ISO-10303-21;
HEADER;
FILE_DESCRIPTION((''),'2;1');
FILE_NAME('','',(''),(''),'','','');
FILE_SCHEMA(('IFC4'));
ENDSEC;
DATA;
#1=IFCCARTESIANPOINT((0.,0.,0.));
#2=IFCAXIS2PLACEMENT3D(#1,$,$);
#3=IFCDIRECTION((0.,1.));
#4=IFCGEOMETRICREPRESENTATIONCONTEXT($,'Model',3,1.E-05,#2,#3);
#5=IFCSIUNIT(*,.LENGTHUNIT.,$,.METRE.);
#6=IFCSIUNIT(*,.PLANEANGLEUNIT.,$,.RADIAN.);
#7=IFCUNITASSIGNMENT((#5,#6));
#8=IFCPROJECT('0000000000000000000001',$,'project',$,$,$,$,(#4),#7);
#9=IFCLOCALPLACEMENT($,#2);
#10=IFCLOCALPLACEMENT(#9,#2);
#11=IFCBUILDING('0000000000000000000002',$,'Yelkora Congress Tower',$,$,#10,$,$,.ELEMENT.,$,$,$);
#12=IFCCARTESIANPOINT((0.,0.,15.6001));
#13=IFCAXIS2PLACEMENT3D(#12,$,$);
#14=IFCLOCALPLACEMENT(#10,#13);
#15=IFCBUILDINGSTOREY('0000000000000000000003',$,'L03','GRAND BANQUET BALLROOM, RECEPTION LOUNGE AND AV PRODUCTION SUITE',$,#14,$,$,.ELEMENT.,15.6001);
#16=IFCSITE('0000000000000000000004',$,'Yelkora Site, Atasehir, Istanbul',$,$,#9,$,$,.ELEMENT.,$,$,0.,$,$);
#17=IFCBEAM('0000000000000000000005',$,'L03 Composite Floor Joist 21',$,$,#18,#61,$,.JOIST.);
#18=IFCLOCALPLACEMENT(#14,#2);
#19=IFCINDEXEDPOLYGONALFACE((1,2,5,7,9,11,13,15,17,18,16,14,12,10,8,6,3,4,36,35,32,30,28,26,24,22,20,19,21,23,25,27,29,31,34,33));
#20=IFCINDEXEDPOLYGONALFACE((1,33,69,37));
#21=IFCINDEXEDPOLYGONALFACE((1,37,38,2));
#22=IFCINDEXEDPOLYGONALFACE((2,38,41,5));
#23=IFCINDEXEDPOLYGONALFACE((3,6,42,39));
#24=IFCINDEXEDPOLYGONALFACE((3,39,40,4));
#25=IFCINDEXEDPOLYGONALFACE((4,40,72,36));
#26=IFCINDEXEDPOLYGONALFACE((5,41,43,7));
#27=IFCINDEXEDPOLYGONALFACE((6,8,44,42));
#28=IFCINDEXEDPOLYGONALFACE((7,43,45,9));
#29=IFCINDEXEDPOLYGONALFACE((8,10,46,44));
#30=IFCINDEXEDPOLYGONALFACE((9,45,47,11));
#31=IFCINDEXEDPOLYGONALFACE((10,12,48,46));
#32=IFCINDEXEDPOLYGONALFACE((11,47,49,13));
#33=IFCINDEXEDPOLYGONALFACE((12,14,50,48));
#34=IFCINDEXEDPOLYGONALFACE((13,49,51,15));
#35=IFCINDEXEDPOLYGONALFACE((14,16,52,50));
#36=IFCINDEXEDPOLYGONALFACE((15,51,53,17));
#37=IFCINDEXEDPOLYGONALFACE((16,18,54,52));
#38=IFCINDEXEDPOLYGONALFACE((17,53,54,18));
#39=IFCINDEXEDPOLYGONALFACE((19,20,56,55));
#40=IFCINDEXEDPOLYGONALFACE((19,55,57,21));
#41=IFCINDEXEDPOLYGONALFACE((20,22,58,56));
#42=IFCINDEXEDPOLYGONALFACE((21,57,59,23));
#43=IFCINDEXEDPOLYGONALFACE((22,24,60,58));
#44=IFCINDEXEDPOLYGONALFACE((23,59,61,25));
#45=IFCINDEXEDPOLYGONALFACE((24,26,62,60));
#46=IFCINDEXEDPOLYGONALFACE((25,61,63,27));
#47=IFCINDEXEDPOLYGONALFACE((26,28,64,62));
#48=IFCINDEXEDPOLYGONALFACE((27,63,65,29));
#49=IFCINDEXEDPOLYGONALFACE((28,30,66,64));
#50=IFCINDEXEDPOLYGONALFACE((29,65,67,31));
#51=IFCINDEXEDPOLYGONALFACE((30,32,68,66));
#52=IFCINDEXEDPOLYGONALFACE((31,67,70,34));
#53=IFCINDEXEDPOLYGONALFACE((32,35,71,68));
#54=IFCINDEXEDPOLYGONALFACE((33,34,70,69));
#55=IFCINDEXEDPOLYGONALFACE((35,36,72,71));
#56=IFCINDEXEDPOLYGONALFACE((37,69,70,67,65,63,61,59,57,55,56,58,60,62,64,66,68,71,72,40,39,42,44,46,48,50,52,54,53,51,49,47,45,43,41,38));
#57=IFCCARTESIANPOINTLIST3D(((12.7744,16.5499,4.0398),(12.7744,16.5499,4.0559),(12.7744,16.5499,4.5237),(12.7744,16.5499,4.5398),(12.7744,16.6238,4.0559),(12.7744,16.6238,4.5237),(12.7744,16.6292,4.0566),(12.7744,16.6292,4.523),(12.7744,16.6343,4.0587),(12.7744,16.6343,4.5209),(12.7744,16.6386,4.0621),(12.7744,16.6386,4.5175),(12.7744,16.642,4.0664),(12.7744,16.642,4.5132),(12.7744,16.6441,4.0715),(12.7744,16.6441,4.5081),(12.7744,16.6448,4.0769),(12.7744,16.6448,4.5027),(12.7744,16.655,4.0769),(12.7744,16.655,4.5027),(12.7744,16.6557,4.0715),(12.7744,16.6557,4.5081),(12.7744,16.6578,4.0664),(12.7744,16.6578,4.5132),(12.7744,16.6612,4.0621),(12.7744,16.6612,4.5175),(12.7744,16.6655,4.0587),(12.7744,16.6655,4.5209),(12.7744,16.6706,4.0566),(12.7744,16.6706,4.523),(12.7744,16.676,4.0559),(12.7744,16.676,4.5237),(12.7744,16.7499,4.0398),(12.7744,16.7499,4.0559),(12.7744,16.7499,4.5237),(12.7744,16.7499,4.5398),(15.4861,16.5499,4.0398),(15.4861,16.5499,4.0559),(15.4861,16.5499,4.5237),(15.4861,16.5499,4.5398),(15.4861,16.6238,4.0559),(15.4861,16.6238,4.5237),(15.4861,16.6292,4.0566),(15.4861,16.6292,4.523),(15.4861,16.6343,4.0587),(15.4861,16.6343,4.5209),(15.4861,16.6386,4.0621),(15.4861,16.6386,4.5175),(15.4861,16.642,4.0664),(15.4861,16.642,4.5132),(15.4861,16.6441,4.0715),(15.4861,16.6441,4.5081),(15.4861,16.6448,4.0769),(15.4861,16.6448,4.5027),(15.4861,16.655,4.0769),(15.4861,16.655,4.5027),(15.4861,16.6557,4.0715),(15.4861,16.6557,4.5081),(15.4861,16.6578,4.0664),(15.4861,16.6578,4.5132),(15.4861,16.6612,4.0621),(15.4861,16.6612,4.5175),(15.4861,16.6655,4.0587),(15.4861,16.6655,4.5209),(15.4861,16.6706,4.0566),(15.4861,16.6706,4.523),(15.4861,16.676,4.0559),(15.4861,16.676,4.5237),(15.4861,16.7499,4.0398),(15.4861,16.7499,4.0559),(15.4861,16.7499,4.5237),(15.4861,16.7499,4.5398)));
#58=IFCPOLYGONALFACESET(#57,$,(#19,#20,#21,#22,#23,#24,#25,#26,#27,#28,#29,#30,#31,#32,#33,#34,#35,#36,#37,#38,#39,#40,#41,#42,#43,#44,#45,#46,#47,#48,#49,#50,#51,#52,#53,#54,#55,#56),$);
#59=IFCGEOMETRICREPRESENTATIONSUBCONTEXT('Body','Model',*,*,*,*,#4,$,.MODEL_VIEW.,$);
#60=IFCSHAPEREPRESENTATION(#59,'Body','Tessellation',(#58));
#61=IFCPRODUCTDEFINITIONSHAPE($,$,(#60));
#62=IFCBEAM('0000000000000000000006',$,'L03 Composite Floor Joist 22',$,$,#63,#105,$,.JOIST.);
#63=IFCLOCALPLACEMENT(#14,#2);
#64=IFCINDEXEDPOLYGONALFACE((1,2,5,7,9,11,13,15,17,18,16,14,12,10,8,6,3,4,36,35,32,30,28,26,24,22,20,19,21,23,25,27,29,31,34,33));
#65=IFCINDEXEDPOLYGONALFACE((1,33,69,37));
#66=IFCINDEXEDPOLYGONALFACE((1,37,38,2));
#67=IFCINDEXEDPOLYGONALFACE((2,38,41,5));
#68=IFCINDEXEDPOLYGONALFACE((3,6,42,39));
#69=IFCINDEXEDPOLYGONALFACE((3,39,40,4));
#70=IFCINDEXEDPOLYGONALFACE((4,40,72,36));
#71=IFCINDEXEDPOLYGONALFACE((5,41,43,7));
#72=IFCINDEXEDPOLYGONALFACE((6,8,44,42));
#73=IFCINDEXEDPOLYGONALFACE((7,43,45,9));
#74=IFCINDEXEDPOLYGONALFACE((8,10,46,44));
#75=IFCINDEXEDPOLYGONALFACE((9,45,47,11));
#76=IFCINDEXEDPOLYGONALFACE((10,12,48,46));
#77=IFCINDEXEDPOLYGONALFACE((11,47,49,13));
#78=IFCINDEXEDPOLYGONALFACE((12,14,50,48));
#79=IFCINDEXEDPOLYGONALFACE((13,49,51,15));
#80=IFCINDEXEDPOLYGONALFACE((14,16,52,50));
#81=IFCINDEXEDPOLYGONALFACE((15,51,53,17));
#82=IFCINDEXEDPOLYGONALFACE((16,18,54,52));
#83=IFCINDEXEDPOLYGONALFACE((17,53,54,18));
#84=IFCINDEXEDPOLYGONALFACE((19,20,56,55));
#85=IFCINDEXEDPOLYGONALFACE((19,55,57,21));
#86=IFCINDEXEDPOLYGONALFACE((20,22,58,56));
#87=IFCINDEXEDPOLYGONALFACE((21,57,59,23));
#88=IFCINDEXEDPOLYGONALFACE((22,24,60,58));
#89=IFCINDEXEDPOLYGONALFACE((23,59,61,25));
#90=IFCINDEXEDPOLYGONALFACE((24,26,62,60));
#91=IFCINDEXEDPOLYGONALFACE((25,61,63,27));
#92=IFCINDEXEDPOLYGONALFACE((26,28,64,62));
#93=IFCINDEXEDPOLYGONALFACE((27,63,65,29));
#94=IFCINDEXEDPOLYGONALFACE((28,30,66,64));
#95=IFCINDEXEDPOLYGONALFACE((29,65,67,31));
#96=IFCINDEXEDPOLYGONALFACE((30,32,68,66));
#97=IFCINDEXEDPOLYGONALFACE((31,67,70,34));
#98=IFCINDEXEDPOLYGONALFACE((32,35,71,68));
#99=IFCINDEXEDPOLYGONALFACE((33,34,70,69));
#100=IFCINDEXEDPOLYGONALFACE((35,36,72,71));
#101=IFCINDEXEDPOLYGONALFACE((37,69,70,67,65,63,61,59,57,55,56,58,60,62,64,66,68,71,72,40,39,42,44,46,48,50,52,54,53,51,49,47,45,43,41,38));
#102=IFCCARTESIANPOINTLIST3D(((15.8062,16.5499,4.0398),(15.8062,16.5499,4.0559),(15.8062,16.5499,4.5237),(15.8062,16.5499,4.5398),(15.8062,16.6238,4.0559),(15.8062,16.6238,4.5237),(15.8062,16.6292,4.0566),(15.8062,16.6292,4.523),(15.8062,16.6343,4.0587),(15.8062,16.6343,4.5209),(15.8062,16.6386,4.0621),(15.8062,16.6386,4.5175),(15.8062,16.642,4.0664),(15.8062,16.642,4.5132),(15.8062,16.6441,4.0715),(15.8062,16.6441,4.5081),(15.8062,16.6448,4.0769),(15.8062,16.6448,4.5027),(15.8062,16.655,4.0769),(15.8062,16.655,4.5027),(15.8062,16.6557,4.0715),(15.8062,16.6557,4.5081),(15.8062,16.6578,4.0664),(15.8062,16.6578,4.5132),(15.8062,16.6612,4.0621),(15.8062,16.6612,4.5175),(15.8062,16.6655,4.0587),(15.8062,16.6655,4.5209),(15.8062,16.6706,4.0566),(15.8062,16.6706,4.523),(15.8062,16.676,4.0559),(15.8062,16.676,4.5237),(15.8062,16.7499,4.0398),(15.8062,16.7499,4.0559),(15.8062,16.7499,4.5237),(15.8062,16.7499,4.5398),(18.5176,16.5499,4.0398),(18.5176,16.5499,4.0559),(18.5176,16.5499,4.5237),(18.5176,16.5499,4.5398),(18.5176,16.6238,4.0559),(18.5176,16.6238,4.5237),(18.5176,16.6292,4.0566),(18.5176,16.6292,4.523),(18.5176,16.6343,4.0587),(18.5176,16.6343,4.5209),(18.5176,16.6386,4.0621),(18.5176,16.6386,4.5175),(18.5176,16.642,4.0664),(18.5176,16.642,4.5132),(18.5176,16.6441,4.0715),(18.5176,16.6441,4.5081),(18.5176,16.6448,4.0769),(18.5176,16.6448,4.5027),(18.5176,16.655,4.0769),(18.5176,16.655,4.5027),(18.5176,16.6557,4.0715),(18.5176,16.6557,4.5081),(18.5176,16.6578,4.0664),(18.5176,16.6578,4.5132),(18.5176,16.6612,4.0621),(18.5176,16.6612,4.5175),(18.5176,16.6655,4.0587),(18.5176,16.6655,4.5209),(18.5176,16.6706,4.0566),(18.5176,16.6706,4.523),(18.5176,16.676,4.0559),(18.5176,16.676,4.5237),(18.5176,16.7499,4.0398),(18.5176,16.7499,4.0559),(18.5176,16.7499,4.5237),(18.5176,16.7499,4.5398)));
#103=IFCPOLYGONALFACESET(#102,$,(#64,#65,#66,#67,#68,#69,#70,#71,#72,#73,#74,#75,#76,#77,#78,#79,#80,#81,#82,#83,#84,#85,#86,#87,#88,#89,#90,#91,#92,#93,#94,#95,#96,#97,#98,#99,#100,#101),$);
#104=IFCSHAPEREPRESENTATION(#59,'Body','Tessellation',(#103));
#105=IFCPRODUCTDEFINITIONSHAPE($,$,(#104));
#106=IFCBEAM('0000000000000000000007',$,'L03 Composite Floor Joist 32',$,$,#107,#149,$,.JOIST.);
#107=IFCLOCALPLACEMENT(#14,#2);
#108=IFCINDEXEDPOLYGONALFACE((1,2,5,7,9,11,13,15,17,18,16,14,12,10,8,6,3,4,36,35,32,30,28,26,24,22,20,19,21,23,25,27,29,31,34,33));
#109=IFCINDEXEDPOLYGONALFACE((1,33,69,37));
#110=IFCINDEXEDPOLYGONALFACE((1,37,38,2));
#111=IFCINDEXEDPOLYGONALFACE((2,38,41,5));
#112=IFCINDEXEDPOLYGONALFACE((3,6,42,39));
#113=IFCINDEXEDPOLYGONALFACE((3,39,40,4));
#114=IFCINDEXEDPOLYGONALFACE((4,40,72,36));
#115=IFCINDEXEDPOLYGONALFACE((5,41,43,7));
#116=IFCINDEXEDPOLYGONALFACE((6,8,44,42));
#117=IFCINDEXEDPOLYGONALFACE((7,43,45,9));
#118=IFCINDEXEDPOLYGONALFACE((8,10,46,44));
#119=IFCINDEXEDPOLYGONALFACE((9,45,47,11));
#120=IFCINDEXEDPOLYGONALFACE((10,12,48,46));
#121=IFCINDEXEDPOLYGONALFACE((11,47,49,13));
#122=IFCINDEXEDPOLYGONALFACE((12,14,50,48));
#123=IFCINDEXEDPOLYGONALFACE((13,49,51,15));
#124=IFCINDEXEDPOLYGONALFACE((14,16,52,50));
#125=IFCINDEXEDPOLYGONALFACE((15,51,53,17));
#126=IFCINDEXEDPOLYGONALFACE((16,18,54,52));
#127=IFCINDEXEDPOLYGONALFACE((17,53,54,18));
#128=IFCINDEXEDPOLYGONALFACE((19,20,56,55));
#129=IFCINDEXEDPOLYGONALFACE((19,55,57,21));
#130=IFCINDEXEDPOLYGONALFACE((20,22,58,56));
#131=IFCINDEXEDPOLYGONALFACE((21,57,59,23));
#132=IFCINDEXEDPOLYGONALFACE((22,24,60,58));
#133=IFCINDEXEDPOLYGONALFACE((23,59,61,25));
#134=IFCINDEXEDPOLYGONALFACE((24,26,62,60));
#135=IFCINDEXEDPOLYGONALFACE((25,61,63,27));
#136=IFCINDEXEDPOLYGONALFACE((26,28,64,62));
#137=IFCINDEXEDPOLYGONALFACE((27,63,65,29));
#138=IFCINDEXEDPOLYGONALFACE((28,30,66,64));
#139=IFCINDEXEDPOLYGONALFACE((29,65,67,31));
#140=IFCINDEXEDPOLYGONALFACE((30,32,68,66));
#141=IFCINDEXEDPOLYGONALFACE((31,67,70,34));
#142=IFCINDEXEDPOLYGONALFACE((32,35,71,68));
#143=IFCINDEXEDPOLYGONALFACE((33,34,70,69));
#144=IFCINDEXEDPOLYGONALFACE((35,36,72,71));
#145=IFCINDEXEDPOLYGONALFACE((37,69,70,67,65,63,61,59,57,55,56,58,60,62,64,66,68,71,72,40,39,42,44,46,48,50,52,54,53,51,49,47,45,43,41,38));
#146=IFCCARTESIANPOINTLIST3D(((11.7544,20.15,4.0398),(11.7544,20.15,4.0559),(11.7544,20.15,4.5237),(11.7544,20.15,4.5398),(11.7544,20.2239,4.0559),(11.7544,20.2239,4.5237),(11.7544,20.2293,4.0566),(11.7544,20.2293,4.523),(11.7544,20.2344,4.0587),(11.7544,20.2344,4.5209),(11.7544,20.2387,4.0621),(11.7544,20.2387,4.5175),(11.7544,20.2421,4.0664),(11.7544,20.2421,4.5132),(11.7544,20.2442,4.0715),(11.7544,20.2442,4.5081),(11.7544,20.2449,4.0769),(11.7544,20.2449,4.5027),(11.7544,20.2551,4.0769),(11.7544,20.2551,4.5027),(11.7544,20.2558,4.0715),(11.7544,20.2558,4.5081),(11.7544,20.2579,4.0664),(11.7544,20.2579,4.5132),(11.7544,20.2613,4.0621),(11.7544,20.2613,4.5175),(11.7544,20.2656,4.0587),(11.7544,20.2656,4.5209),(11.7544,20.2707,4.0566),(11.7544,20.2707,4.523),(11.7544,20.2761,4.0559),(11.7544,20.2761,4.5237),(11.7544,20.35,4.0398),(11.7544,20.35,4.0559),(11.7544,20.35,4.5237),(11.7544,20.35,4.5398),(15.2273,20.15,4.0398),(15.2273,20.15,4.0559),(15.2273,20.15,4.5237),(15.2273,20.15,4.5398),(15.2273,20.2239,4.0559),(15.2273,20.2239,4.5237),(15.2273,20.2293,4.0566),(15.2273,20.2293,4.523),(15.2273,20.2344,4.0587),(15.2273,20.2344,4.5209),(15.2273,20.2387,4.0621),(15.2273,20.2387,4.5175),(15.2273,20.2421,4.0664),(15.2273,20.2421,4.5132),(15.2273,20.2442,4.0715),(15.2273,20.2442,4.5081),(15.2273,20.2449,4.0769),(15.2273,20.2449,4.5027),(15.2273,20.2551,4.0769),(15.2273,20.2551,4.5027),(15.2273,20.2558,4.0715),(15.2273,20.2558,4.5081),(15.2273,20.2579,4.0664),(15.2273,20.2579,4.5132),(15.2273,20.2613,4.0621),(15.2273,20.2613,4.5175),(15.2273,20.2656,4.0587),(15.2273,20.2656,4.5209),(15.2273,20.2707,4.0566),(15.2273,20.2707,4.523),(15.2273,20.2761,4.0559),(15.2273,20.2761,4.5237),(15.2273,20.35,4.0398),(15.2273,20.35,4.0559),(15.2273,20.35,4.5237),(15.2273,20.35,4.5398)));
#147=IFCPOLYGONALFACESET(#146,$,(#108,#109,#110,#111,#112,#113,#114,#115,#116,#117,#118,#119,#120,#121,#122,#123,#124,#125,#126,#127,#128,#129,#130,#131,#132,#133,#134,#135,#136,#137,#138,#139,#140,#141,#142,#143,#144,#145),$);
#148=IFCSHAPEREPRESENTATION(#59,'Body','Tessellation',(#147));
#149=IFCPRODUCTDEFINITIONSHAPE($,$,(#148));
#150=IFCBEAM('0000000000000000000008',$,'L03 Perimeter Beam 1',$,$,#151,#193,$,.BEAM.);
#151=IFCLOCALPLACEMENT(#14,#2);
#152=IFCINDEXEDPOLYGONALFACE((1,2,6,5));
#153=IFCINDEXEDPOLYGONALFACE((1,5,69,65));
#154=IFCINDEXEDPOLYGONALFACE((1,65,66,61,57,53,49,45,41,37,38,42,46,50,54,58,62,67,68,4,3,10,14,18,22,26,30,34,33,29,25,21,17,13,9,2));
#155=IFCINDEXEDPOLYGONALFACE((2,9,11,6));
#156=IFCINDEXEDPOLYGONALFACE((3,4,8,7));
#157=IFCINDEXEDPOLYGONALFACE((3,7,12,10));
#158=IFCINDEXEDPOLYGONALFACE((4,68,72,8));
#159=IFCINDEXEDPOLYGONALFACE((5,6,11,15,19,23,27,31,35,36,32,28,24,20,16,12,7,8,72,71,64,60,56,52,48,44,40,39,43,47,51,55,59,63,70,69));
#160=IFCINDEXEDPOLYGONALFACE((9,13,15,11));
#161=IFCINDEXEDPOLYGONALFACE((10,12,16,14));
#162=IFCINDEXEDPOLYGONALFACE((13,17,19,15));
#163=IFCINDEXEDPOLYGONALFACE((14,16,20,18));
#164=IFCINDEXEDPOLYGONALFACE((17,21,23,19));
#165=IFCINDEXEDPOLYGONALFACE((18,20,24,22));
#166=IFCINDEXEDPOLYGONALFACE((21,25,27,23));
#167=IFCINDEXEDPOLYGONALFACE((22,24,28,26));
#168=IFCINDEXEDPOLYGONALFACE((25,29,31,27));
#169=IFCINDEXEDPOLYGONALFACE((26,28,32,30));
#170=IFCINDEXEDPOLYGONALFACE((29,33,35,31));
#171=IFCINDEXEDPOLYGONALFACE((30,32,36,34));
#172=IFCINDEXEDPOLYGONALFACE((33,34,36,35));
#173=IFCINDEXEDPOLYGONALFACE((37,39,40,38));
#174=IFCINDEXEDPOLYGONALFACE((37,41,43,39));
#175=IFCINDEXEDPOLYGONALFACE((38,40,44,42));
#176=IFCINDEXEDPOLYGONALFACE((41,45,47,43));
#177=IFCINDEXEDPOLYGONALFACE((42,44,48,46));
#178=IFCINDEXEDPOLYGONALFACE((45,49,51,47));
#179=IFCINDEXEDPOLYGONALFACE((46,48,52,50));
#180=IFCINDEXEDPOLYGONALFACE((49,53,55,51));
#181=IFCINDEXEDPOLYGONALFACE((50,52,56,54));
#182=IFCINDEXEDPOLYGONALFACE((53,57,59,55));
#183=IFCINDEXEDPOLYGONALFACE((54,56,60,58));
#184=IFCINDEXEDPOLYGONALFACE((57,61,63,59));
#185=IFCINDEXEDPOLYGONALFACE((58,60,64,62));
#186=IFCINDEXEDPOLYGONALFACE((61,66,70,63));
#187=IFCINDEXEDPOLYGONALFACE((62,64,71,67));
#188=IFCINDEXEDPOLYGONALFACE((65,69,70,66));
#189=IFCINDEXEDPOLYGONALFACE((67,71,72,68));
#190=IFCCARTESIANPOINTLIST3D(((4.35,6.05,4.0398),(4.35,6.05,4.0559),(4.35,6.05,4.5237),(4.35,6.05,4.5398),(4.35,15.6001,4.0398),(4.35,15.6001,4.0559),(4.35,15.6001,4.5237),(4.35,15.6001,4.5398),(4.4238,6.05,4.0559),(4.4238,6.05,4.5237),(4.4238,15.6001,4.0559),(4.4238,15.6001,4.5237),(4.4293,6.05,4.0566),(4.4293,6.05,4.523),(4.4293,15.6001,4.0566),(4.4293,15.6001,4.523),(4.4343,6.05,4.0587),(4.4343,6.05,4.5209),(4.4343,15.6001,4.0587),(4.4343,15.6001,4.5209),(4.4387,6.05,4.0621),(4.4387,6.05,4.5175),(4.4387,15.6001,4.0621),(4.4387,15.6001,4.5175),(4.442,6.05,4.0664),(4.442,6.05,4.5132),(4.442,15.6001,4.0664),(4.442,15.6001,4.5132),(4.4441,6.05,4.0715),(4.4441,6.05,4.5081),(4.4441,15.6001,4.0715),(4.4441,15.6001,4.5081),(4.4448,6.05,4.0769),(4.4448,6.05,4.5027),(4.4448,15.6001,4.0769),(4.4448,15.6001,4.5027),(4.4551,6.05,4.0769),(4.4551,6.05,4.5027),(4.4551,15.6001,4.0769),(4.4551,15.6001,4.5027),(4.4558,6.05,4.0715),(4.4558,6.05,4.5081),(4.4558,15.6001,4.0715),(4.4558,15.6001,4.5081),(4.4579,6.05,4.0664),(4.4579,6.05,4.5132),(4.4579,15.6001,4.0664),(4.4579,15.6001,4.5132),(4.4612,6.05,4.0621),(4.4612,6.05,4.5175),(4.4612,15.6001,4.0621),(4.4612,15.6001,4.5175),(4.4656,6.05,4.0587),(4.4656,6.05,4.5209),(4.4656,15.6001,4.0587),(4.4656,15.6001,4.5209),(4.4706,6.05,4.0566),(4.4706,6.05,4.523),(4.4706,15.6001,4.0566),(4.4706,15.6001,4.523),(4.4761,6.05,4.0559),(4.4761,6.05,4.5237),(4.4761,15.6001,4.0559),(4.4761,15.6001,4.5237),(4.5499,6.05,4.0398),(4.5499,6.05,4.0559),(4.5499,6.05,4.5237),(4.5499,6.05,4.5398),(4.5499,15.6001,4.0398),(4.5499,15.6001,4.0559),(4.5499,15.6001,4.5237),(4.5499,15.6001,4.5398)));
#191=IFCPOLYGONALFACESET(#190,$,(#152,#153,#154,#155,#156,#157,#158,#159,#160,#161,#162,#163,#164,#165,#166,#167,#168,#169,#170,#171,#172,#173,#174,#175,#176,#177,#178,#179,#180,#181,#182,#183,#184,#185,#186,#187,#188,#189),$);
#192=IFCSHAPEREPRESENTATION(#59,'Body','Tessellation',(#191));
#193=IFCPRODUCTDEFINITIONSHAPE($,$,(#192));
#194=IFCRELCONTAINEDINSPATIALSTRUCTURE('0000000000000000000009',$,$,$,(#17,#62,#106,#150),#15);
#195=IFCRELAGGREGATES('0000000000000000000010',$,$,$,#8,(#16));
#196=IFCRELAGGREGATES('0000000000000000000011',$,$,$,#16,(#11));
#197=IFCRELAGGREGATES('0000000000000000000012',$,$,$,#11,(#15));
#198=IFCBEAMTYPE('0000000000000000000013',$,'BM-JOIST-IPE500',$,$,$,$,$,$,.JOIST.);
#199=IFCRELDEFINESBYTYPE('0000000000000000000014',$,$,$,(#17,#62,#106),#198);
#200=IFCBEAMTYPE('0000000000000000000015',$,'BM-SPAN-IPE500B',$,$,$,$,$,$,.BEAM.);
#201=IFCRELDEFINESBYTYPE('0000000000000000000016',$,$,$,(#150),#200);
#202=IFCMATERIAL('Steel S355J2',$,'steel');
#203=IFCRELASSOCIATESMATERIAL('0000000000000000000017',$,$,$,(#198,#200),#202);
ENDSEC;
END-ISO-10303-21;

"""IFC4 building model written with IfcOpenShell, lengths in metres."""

from ifc_helpers import new_model, si_unit, direction, frame, origin, origin_2d, place, context, subcontext, project, spatial, i_section, extrude, material, material_profile, profile_set, type_object, element, save


model = new_model("IFC4")

# Units and contexts
model_context = context("Model", 3, precision=1e-05, world=origin(), true_north=direction((0.0, 1.0)))
body_context = subcontext(model_context, "Body", "Model", "MODEL_VIEW")
ifc_project = project(units=[si_unit("LENGTHUNIT", "METRE"), si_unit("PLANEANGLEUNIT", "RADIAN")], contexts=[model_context])

# Site, building, storey
site_placement = place(None, origin())
site = spatial("IfcSite", under=ifc_project, at=site_placement, Name="Yelkora Site, Atasehir, Istanbul", CompositionType="ELEMENT", RefElevation=0.0)
building_placement = place(site_placement, origin())
building = spatial("IfcBuilding", under=site, at=building_placement, Name="Yelkora Congress Tower", CompositionType="ELEMENT")
storey_placement = place(building_placement, frame((0.0, 0.0, 15.6001)))
storey = spatial("IfcBuildingStorey", under=building, at=storey_placement, Name="L03", Description="GRAND BANQUET BALLROOM, RECEPTION LOUNGE AND AV PRODUCTION SUITE", CompositionType="ELEMENT", Elevation=15.6001)

# Beams
ifc_material_1 = material(Name="Steel S355J2", Category="steel")
ifc_material_profile_1 = material_profile(ifc_material_1, i_section(OverallWidth=0.2, OverallDepth=0.5, WebThickness=0.0103, FlangeThickness=0.0161, FilletRadius=0.021, at=origin_2d()), Name="IPE 500")
ifc_profile_set_1 = profile_set([ifc_material_profile_1], Name="Steel S355J2")
beam_type_1 = type_object("IfcBeamType", Name="BM-JOIST-IPE500", PredefinedType="JOIST", material=ifc_profile_set_1)
beam_1_placement = place(storey_placement, frame((12.7744, 16.6499, 4.2898), z_axis=(1.0, 0.0, 0.0), x_axis=(0.0, 1.0, 0.0)))
element("IfcBeam", 1, at=beam_1_placement, inside=storey, type_object=beam_type_1, Name="L03 Composite Floor Joist 21", PredefinedType="JOIST", context=body_context, shape_type="SweptSolid", body=[
    extrude(i_section(OverallWidth=0.2, OverallDepth=0.5, WebThickness=0.0103, FlangeThickness=0.0161, FilletRadius=0.021, at=origin_2d()), origin(), (0.0, 0.0, 1.0), 2.7117),
])
beam_2_placement = place(storey_placement, frame((15.8062, 16.6499, 4.2898), z_axis=(1.0, 0.0, 0.0), x_axis=(0.0, 1.0, 0.0)))
element("IfcBeam", 2, at=beam_2_placement, inside=storey, type_object=beam_type_1, Name="L03 Composite Floor Joist 22", PredefinedType="JOIST", context=body_context, shape_type="SweptSolid", body=[
    extrude(i_section(OverallWidth=0.2, OverallDepth=0.5, WebThickness=0.0103, FlangeThickness=0.0161, FilletRadius=0.021, at=origin_2d()), origin(), (0.0, 0.0, 1.0), 2.7114),
])
beam_3_placement = place(storey_placement, frame((11.7544, 20.25, 4.2898), z_axis=(1.0, 0.0, 0.0), x_axis=(0.0, 1.0, 0.0)))
element("IfcBeam", 3, at=beam_3_placement, inside=storey, type_object=beam_type_1, Name="L03 Composite Floor Joist 32", PredefinedType="JOIST", context=body_context, shape_type="SweptSolid", body=[
    extrude(i_section(OverallWidth=0.2, OverallDepth=0.5, WebThickness=0.0103, FlangeThickness=0.0161, FilletRadius=0.021, at=origin_2d()), origin(), (0.0, 0.0, 1.0), 3.4729),
])
ifc_material_profile_2 = material_profile(ifc_material_1, i_section(OverallWidth=0.2, OverallDepth=0.5, WebThickness=0.0103, FlangeThickness=0.0161, FilletRadius=0.021, at=origin_2d()), Name="IPE 500")
ifc_profile_set_2 = profile_set([ifc_material_profile_2], Name="Steel S355J2")
beam_type_2 = type_object("IfcBeamType", Name="BM-SPAN-IPE500B", PredefinedType="BEAM", material=ifc_profile_set_2)
beam_4_placement = place(storey_placement, frame((4.45, 15.6001, 4.2898), z_axis=(0.0, -1.0, 0.0), x_axis=(1.0, 0.0, 0.0)))
element("IfcBeam", 4, at=beam_4_placement, inside=storey, type_object=beam_type_2, Name="L03 Perimeter Beam 1", PredefinedType="BEAM", context=body_context, shape_type="SweptSolid", body=[
    extrude(i_section(OverallWidth=0.2, OverallDepth=0.5, WebThickness=0.0103, FlangeThickness=0.0161, FilletRadius=0.021, at=origin_2d()), origin(), (0.0, 0.0, 1.0), 9.55),
])

save(model, "model.ifc")
